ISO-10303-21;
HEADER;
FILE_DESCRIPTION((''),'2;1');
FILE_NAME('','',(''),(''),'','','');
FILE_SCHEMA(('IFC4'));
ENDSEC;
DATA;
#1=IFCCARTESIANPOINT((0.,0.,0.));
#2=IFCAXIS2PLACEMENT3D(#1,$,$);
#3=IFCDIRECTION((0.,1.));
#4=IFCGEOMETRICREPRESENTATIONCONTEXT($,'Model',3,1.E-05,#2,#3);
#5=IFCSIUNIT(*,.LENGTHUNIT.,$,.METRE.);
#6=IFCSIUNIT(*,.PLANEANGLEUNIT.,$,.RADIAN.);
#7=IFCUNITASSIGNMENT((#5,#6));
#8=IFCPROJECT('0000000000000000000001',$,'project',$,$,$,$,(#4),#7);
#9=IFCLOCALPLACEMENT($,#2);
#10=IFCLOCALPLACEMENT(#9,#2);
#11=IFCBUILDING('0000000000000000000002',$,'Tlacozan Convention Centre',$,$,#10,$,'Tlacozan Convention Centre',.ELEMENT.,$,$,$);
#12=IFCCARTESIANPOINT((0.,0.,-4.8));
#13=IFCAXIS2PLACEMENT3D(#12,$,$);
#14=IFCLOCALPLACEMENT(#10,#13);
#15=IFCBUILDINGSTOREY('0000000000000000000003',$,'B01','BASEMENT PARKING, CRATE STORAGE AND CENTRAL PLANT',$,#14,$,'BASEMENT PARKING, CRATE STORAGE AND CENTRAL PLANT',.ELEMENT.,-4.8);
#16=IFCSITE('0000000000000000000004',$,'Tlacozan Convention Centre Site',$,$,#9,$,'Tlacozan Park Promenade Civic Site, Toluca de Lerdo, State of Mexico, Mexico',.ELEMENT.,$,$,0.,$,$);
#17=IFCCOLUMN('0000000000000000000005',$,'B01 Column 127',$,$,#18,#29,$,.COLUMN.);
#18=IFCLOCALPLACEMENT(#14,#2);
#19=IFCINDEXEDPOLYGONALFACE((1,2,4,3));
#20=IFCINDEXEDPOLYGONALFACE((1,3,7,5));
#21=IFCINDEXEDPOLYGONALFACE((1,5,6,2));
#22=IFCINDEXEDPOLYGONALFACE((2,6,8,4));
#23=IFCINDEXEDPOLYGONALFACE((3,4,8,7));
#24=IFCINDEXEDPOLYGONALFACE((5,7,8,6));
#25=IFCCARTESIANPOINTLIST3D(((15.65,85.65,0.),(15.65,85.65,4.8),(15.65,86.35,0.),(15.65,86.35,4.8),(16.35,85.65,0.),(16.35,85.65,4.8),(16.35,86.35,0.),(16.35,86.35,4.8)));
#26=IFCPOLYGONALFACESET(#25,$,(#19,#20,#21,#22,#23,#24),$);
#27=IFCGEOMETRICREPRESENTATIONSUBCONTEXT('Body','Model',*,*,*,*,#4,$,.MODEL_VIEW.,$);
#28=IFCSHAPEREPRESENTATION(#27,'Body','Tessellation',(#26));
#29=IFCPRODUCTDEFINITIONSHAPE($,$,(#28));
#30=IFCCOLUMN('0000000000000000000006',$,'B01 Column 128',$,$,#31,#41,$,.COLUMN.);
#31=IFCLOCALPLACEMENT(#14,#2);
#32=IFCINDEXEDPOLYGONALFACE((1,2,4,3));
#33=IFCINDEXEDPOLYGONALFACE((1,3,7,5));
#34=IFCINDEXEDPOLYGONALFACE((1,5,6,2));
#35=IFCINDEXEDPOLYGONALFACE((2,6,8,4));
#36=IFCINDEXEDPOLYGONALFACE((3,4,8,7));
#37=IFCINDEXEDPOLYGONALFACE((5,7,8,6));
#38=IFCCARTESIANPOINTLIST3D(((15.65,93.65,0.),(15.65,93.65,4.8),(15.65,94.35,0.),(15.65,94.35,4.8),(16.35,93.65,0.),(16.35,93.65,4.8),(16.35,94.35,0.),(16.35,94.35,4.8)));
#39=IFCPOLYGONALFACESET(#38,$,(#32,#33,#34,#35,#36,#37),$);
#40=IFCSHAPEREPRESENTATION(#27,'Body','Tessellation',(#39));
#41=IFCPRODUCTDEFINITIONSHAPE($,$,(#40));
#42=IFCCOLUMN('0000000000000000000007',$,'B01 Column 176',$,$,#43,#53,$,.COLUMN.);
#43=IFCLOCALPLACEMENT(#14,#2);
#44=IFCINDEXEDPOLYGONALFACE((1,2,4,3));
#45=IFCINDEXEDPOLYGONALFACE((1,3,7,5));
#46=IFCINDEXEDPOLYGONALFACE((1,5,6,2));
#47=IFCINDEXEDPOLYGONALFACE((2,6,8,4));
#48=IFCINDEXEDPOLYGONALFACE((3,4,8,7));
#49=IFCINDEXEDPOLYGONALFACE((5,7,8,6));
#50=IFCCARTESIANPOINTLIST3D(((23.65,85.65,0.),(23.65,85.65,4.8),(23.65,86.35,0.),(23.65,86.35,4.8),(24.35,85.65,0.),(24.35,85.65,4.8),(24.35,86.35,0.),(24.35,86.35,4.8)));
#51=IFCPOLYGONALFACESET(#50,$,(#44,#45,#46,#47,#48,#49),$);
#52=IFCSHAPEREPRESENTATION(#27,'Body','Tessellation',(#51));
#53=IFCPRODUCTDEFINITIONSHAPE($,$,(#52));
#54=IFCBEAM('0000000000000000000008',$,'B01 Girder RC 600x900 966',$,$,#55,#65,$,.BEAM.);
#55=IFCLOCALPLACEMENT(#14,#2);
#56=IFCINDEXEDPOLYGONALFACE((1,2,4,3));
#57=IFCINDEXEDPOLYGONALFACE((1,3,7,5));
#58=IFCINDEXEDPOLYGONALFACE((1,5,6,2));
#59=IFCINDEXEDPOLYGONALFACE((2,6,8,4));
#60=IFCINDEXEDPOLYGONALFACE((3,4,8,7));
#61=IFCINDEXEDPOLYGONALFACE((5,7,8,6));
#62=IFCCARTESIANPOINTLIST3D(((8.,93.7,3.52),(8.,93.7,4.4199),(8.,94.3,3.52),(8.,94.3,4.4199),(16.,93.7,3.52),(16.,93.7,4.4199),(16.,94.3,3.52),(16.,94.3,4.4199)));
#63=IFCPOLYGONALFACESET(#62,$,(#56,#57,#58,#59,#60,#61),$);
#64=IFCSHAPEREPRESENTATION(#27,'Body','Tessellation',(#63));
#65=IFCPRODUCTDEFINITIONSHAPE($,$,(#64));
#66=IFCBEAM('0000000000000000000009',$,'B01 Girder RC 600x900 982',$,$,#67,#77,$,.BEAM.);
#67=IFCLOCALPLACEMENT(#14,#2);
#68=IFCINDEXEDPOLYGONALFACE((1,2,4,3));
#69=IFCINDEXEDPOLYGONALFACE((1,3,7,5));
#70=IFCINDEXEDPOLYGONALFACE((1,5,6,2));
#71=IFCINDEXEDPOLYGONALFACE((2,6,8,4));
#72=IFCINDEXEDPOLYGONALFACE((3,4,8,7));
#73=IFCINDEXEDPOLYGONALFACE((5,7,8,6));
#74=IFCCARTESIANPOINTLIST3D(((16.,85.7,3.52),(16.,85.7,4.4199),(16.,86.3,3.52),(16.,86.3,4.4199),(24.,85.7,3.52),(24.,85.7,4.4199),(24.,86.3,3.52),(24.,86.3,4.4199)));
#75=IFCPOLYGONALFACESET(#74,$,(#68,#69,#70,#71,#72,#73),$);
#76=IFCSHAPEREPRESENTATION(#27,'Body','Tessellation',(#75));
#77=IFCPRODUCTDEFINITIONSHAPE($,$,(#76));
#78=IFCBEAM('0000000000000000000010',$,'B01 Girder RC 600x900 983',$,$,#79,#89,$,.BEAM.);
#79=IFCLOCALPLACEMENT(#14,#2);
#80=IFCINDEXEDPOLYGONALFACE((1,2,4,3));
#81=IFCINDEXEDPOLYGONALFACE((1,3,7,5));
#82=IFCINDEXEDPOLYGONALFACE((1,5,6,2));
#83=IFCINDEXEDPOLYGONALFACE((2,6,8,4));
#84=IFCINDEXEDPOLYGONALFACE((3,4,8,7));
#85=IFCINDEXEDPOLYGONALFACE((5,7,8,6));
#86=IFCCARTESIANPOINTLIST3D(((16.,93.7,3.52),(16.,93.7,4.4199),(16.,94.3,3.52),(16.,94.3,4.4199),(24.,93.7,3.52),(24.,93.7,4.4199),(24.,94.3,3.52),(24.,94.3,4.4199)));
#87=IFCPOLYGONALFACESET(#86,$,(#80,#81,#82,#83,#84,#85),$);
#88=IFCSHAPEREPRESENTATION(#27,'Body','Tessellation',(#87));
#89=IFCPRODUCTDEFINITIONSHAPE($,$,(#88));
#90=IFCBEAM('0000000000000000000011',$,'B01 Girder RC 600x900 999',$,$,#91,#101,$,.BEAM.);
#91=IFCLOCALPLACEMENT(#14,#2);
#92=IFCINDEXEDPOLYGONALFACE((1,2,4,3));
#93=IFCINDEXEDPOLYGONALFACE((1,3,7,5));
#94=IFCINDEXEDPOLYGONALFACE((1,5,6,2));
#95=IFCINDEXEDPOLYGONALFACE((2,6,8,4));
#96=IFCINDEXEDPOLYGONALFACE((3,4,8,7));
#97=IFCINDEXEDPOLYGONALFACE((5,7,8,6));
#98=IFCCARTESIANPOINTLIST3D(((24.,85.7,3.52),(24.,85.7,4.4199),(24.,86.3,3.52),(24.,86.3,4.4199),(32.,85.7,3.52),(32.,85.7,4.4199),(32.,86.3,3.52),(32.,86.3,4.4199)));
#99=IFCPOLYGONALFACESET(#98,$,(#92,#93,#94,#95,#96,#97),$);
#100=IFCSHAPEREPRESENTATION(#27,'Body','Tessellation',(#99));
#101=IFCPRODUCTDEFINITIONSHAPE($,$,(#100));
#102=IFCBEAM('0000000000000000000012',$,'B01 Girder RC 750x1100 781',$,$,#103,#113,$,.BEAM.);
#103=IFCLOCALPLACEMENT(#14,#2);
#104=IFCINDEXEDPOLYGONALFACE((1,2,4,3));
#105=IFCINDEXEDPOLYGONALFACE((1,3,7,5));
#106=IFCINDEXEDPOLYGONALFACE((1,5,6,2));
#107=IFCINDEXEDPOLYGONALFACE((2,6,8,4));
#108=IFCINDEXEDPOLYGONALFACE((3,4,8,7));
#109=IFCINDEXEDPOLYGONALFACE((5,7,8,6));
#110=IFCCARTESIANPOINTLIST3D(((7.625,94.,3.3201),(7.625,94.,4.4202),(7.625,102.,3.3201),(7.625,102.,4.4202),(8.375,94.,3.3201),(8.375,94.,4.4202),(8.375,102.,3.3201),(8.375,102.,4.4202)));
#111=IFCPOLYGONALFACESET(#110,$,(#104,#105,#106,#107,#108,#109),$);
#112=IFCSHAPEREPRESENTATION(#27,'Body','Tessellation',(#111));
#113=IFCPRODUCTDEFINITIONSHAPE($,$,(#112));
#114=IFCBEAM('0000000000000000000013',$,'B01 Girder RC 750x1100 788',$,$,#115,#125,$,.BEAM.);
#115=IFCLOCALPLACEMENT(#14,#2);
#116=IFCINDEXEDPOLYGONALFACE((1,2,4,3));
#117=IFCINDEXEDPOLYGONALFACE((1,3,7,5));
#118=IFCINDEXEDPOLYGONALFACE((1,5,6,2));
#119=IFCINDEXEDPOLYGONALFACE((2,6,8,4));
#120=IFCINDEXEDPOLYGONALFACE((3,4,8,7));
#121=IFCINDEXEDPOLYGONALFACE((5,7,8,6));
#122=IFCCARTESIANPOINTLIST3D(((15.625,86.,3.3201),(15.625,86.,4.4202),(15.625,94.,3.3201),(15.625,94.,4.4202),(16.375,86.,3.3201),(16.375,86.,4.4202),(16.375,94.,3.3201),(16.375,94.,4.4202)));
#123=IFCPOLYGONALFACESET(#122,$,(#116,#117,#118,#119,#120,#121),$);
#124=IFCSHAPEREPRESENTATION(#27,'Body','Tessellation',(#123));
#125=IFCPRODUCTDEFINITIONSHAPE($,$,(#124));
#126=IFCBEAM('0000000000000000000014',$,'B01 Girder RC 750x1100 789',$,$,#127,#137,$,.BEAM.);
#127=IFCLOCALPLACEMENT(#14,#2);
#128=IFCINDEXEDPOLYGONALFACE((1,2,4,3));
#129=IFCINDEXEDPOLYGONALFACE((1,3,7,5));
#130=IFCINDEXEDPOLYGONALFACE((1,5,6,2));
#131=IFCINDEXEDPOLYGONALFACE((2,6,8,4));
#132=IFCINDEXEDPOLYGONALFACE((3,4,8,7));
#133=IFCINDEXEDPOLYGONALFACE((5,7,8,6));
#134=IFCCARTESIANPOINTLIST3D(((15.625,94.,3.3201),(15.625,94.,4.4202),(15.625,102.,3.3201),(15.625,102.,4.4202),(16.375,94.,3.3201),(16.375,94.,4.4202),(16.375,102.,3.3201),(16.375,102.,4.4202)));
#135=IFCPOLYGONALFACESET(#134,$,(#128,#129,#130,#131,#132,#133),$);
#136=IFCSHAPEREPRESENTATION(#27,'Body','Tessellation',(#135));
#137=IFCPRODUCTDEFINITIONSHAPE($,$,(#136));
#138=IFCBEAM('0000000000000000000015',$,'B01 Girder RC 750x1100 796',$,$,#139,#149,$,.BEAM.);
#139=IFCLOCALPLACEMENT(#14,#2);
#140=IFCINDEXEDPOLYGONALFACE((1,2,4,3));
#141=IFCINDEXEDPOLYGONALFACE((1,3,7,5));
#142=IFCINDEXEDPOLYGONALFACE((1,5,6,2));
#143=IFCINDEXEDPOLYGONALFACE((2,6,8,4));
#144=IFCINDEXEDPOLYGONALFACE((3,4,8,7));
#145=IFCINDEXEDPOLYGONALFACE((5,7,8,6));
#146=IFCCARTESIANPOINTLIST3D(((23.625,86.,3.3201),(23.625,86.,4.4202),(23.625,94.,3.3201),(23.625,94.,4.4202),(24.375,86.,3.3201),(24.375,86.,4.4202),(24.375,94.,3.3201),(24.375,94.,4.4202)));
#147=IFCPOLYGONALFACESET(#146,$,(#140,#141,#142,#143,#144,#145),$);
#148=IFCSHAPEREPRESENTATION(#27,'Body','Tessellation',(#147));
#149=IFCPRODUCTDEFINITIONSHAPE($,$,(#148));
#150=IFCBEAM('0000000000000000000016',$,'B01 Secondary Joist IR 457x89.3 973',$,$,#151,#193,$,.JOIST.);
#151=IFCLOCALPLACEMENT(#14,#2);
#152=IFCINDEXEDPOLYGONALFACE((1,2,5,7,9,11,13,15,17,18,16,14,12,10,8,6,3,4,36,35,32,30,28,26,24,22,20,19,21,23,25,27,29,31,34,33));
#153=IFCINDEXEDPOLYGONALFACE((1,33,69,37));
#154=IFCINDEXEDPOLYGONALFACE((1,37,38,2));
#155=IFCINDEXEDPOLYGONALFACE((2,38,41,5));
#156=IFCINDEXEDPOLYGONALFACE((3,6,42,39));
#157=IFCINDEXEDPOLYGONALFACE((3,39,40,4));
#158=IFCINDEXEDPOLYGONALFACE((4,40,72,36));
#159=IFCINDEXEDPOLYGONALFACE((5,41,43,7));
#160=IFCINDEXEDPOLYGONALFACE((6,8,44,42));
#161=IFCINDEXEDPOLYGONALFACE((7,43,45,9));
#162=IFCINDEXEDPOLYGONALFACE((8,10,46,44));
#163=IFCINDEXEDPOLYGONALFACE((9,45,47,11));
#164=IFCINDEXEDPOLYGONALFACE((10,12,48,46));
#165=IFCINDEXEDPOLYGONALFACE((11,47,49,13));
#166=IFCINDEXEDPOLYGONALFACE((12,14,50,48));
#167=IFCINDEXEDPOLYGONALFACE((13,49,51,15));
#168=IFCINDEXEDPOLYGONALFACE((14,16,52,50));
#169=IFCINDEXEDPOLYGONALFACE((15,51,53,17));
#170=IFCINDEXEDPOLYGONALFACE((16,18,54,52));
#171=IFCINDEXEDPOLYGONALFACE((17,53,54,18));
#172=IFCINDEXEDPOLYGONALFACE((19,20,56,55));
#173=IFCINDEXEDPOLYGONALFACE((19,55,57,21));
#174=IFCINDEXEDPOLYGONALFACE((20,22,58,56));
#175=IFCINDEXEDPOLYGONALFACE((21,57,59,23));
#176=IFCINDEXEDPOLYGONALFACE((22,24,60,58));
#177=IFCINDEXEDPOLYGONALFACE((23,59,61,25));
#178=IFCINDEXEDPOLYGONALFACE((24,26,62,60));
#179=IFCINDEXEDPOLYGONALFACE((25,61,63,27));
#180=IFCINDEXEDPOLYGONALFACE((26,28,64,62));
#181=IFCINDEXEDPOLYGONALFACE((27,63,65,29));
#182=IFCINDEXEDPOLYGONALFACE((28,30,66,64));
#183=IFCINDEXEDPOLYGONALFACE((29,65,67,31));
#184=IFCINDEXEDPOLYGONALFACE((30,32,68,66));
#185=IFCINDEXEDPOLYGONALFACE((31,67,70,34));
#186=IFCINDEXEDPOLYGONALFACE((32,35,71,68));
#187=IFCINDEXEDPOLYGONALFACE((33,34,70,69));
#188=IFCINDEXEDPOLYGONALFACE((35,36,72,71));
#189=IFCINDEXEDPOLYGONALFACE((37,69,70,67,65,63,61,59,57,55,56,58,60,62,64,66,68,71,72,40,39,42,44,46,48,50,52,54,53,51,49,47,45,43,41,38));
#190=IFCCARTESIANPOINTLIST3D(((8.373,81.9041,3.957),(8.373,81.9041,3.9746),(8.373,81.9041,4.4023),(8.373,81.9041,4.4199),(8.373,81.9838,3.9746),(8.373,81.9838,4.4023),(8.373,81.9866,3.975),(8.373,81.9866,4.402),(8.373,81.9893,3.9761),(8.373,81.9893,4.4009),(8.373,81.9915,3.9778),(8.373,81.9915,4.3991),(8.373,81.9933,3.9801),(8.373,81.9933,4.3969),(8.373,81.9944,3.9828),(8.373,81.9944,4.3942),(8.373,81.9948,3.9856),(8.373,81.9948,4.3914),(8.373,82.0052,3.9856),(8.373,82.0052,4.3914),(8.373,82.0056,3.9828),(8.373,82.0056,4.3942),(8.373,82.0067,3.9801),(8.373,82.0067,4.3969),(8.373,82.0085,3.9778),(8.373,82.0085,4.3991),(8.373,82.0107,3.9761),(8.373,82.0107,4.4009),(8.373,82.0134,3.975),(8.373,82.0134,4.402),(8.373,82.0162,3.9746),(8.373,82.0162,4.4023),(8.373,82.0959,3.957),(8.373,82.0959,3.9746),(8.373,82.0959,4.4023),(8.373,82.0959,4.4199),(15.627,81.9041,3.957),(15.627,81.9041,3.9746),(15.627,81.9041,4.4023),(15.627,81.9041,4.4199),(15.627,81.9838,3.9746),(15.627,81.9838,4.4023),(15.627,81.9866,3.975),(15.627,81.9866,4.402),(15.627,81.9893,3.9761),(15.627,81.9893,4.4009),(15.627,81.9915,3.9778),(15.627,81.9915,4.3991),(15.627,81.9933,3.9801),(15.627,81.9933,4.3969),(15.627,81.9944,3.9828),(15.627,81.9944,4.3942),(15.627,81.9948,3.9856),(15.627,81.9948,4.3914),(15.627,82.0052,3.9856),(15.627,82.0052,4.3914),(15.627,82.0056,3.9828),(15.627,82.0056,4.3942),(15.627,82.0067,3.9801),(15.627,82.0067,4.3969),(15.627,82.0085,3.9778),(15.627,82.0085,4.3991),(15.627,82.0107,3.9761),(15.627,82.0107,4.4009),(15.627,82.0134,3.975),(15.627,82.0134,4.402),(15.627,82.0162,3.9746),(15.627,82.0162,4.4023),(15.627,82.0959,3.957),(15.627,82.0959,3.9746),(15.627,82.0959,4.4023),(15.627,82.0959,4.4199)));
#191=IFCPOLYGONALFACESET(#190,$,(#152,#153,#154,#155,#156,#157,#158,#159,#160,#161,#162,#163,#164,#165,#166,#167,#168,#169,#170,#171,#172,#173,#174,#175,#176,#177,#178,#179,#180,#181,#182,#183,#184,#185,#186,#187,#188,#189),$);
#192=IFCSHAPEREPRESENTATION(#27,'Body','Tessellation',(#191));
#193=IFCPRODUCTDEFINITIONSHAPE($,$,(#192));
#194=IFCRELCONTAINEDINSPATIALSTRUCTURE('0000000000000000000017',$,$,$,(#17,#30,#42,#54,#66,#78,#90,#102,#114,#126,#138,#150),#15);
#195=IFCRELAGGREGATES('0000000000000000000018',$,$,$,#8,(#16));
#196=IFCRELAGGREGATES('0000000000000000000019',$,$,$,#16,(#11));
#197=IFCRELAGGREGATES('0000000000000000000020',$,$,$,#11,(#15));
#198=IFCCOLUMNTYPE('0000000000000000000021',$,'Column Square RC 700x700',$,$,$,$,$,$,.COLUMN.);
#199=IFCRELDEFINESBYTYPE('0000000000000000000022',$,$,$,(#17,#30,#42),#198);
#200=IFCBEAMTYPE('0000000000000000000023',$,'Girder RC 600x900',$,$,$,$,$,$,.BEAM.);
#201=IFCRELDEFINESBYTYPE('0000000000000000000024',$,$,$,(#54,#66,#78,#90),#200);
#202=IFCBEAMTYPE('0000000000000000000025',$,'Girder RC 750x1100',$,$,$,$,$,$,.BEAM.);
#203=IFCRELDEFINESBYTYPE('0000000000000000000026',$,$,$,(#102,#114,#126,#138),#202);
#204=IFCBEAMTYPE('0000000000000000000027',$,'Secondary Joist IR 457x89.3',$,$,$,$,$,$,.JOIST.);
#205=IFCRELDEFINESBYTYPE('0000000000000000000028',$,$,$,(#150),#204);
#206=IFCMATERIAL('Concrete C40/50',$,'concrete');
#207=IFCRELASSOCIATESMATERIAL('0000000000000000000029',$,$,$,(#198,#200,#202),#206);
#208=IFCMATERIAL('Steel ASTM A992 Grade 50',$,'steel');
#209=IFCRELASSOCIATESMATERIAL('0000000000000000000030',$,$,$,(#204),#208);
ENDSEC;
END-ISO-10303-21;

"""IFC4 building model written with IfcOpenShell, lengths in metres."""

from ifc_helpers import new_model, si_unit, direction, frame, origin, origin_2d, place, context, subcontext, project, spatial, rectangle, i_section, extrude, material, material_profile, profile_set, type_object, element, save


model = new_model("IFC4")

# Units and contexts
model_context = context("Model", 3, precision=1e-05, world=origin(), true_north=direction((0.0, 1.0)))
body_context = subcontext(model_context, "Body", "Model", "MODEL_VIEW")
ifc_project = project(units=[si_unit("LENGTHUNIT", "METRE"), si_unit("PLANEANGLEUNIT", "RADIAN")], contexts=[model_context])

# Site, building, storey
site_placement = place(None, origin())
site = spatial("IfcSite", under=ifc_project, at=site_placement, Name="Tlacozan Convention Centre Site", LongName="Tlacozan Park Promenade Civic Site, Toluca de Lerdo, State of Mexico, Mexico", CompositionType="ELEMENT", RefElevation=0.0)
building_placement = place(site_placement, origin())
building = spatial("IfcBuilding", under=site, at=building_placement, Name="Tlacozan Convention Centre", LongName="Tlacozan Convention Centre", CompositionType="ELEMENT")
storey_placement = place(building_placement, frame((0.0, 0.0, -4.8)))
storey = spatial("IfcBuildingStorey", under=building, at=storey_placement, Name="B01", Description="BASEMENT PARKING, CRATE STORAGE AND CENTRAL PLANT", LongName="BASEMENT PARKING, CRATE STORAGE AND CENTRAL PLANT", CompositionType="ELEMENT", Elevation=-4.8)

# Columns
ifc_material_1 = material(Name="Concrete C40/50", Category="concrete")
ifc_material_profile_1 = material_profile(ifc_material_1, rectangle(XDim=0.7, YDim=0.7, at=origin_2d()), Name="RC 700x700")
ifc_profile_set_1 = profile_set([ifc_material_profile_1], Name="Concrete C40/50")
column_type = type_object("IfcColumnType", Name="Column Square RC 700x700", PredefinedType="COLUMN", material=ifc_profile_set_1)
for number, where, z_axis, x_axis, name in (
    (1, (16.0, 86.0, 0.0), (0.0, 0.0, 1.0), (1.0, 0.0, 0.0), "B01 Column 127"),
    (2, (16.0, 94.0, 0.0), (0.0, 0.0, 1.0), (1.0, 0.0, 0.0), "B01 Column 128"),
    (3, (24.0, 86.0, 0.0), (0.0, 0.0, 1.0), (1.0, 0.0, 0.0), "B01 Column 176"),
):
    element("IfcColumn", number, at=place(storey_placement, frame(where, z_axis=z_axis, x_axis=x_axis)), inside=storey, type_object=column_type, Name=name, PredefinedType="COLUMN", context=body_context, shape_type="SweptSolid", body=[
        extrude(rectangle(XDim=0.7, YDim=0.7, at=origin_2d()), origin(), (0.0, 0.0, 1.0), 4.8),
    ])

# Beams
ifc_material_profile_2 = material_profile(ifc_material_1, rectangle(XDim=0.6001, YDim=0.8999, at=origin_2d()), Name="RC 600x900")
ifc_profile_set_2 = profile_set([ifc_material_profile_2], Name="Concrete C40/50")
beam_type_1 = type_object("IfcBeamType", Name="Girder RC 600x900", PredefinedType="BEAM", material=ifc_profile_set_2)
for number, where, z_axis, x_axis, name in (
    (4, (8.0, 94.0, 3.97), (1.0, 0.0, 0.0), (0.0, 1.0, 0.0), "B01 Girder RC 600x900 966"),
    (5, (16.0, 86.0, 3.97), (1.0, 0.0, 0.0), (0.0, 1.0, 0.0), "B01 Girder RC 600x900 982"),
    (6, (16.0, 94.0, 3.97), (1.0, 0.0, 0.0), (0.0, 1.0, 0.0), "B01 Girder RC 600x900 983"),
    (7, (24.0, 86.0, 3.97), (1.0, 0.0, 0.0), (0.0, 1.0, 0.0), "B01 Girder RC 600x900 999"),
):
    element("IfcBeam", number, at=place(storey_placement, frame(where, z_axis=z_axis, x_axis=x_axis)), inside=storey, type_object=beam_type_1, Name=name, PredefinedType="BEAM", context=body_context, shape_type="SweptSolid", body=[
        extrude(rectangle(XDim=0.6001, YDim=0.8999, at=origin_2d()), origin(), (0.0, 0.0, 1.0), 8.0),
    ])
ifc_material_profile_3 = material_profile(ifc_material_1, rectangle(XDim=0.75, YDim=1.1001, at=origin_2d()), Name="RC 750x1100")
ifc_profile_set_3 = profile_set([ifc_material_profile_3], Name="Concrete C40/50")
beam_type_2 = type_object("IfcBeamType", Name="Girder RC 750x1100", PredefinedType="BEAM", material=ifc_profile_set_3)
for number, where, z_axis, x_axis, name in (
    (8, (8.0, 94.0, 3.8701), (0.0, 1.0, 0.0), (-1.0, 0.0, 0.0), "B01 Girder RC 750x1100 781"),
    (9, (16.0, 86.0, 3.8701), (0.0, 1.0, 0.0), (-1.0, 0.0, 0.0), "B01 Girder RC 750x1100 788"),
    (10, (16.0, 94.0, 3.8701), (0.0, 1.0, 0.0), (-1.0, 0.0, 0.0), "B01 Girder RC 750x1100 789"),
    (11, (24.0, 86.0, 3.8701), (0.0, 1.0, 0.0), (-1.0, 0.0, 0.0), "B01 Girder RC 750x1100 796"),
):
    element("IfcBeam", number, at=place(storey_placement, frame(where, z_axis=z_axis, x_axis=x_axis)), inside=storey, type_object=beam_type_2, Name=name, PredefinedType="BEAM", context=body_context, shape_type="SweptSolid", body=[
        extrude(rectangle(XDim=0.75, YDim=1.1001, at=origin_2d()), origin(), (0.0, 0.0, 1.0), 8.0),
    ])
ifc_material_2 = material(Name="Steel ASTM A992 Grade 50", Category="steel")
ifc_material_profile_4 = material_profile(ifc_material_2, i_section(OverallWidth=0.1919, OverallDepth=0.4629, WebThickness=0.0105, FlangeThickness=0.0176, FilletRadius=0.011, at=origin_2d()), Name="IR 457x89.3")
ifc_profile_set_4 = profile_set([ifc_material_profile_4], Name="Steel ASTM A992 Grade 50")
beam_type_3 = type_object("IfcBeamType", Name="Secondary Joist IR 457x89.3", PredefinedType="JOIST", material=ifc_profile_set_4)
for number, where, z_axis, x_axis, name in (
    (12, (8.373, 82.0, 4.1885), (1.0, 0.0, 0.0), (0.0, 1.0, 0.0), "B01 Secondary Joist IR 457x89.3 973"),
):
    element("IfcBeam", number, at=place(storey_placement, frame(where, z_axis=z_axis, x_axis=x_axis)), inside=storey, type_object=beam_type_3, Name=name, PredefinedType="JOIST", context=body_context, shape_type="SweptSolid", body=[
        extrude(i_section(OverallWidth=0.1919, OverallDepth=0.4629, WebThickness=0.0105, FlangeThickness=0.0176, FilletRadius=0.011, at=origin_2d()), origin(), (0.0, 0.0, 1.0), 7.2539),
    ])

save(model, "model.ifc")
